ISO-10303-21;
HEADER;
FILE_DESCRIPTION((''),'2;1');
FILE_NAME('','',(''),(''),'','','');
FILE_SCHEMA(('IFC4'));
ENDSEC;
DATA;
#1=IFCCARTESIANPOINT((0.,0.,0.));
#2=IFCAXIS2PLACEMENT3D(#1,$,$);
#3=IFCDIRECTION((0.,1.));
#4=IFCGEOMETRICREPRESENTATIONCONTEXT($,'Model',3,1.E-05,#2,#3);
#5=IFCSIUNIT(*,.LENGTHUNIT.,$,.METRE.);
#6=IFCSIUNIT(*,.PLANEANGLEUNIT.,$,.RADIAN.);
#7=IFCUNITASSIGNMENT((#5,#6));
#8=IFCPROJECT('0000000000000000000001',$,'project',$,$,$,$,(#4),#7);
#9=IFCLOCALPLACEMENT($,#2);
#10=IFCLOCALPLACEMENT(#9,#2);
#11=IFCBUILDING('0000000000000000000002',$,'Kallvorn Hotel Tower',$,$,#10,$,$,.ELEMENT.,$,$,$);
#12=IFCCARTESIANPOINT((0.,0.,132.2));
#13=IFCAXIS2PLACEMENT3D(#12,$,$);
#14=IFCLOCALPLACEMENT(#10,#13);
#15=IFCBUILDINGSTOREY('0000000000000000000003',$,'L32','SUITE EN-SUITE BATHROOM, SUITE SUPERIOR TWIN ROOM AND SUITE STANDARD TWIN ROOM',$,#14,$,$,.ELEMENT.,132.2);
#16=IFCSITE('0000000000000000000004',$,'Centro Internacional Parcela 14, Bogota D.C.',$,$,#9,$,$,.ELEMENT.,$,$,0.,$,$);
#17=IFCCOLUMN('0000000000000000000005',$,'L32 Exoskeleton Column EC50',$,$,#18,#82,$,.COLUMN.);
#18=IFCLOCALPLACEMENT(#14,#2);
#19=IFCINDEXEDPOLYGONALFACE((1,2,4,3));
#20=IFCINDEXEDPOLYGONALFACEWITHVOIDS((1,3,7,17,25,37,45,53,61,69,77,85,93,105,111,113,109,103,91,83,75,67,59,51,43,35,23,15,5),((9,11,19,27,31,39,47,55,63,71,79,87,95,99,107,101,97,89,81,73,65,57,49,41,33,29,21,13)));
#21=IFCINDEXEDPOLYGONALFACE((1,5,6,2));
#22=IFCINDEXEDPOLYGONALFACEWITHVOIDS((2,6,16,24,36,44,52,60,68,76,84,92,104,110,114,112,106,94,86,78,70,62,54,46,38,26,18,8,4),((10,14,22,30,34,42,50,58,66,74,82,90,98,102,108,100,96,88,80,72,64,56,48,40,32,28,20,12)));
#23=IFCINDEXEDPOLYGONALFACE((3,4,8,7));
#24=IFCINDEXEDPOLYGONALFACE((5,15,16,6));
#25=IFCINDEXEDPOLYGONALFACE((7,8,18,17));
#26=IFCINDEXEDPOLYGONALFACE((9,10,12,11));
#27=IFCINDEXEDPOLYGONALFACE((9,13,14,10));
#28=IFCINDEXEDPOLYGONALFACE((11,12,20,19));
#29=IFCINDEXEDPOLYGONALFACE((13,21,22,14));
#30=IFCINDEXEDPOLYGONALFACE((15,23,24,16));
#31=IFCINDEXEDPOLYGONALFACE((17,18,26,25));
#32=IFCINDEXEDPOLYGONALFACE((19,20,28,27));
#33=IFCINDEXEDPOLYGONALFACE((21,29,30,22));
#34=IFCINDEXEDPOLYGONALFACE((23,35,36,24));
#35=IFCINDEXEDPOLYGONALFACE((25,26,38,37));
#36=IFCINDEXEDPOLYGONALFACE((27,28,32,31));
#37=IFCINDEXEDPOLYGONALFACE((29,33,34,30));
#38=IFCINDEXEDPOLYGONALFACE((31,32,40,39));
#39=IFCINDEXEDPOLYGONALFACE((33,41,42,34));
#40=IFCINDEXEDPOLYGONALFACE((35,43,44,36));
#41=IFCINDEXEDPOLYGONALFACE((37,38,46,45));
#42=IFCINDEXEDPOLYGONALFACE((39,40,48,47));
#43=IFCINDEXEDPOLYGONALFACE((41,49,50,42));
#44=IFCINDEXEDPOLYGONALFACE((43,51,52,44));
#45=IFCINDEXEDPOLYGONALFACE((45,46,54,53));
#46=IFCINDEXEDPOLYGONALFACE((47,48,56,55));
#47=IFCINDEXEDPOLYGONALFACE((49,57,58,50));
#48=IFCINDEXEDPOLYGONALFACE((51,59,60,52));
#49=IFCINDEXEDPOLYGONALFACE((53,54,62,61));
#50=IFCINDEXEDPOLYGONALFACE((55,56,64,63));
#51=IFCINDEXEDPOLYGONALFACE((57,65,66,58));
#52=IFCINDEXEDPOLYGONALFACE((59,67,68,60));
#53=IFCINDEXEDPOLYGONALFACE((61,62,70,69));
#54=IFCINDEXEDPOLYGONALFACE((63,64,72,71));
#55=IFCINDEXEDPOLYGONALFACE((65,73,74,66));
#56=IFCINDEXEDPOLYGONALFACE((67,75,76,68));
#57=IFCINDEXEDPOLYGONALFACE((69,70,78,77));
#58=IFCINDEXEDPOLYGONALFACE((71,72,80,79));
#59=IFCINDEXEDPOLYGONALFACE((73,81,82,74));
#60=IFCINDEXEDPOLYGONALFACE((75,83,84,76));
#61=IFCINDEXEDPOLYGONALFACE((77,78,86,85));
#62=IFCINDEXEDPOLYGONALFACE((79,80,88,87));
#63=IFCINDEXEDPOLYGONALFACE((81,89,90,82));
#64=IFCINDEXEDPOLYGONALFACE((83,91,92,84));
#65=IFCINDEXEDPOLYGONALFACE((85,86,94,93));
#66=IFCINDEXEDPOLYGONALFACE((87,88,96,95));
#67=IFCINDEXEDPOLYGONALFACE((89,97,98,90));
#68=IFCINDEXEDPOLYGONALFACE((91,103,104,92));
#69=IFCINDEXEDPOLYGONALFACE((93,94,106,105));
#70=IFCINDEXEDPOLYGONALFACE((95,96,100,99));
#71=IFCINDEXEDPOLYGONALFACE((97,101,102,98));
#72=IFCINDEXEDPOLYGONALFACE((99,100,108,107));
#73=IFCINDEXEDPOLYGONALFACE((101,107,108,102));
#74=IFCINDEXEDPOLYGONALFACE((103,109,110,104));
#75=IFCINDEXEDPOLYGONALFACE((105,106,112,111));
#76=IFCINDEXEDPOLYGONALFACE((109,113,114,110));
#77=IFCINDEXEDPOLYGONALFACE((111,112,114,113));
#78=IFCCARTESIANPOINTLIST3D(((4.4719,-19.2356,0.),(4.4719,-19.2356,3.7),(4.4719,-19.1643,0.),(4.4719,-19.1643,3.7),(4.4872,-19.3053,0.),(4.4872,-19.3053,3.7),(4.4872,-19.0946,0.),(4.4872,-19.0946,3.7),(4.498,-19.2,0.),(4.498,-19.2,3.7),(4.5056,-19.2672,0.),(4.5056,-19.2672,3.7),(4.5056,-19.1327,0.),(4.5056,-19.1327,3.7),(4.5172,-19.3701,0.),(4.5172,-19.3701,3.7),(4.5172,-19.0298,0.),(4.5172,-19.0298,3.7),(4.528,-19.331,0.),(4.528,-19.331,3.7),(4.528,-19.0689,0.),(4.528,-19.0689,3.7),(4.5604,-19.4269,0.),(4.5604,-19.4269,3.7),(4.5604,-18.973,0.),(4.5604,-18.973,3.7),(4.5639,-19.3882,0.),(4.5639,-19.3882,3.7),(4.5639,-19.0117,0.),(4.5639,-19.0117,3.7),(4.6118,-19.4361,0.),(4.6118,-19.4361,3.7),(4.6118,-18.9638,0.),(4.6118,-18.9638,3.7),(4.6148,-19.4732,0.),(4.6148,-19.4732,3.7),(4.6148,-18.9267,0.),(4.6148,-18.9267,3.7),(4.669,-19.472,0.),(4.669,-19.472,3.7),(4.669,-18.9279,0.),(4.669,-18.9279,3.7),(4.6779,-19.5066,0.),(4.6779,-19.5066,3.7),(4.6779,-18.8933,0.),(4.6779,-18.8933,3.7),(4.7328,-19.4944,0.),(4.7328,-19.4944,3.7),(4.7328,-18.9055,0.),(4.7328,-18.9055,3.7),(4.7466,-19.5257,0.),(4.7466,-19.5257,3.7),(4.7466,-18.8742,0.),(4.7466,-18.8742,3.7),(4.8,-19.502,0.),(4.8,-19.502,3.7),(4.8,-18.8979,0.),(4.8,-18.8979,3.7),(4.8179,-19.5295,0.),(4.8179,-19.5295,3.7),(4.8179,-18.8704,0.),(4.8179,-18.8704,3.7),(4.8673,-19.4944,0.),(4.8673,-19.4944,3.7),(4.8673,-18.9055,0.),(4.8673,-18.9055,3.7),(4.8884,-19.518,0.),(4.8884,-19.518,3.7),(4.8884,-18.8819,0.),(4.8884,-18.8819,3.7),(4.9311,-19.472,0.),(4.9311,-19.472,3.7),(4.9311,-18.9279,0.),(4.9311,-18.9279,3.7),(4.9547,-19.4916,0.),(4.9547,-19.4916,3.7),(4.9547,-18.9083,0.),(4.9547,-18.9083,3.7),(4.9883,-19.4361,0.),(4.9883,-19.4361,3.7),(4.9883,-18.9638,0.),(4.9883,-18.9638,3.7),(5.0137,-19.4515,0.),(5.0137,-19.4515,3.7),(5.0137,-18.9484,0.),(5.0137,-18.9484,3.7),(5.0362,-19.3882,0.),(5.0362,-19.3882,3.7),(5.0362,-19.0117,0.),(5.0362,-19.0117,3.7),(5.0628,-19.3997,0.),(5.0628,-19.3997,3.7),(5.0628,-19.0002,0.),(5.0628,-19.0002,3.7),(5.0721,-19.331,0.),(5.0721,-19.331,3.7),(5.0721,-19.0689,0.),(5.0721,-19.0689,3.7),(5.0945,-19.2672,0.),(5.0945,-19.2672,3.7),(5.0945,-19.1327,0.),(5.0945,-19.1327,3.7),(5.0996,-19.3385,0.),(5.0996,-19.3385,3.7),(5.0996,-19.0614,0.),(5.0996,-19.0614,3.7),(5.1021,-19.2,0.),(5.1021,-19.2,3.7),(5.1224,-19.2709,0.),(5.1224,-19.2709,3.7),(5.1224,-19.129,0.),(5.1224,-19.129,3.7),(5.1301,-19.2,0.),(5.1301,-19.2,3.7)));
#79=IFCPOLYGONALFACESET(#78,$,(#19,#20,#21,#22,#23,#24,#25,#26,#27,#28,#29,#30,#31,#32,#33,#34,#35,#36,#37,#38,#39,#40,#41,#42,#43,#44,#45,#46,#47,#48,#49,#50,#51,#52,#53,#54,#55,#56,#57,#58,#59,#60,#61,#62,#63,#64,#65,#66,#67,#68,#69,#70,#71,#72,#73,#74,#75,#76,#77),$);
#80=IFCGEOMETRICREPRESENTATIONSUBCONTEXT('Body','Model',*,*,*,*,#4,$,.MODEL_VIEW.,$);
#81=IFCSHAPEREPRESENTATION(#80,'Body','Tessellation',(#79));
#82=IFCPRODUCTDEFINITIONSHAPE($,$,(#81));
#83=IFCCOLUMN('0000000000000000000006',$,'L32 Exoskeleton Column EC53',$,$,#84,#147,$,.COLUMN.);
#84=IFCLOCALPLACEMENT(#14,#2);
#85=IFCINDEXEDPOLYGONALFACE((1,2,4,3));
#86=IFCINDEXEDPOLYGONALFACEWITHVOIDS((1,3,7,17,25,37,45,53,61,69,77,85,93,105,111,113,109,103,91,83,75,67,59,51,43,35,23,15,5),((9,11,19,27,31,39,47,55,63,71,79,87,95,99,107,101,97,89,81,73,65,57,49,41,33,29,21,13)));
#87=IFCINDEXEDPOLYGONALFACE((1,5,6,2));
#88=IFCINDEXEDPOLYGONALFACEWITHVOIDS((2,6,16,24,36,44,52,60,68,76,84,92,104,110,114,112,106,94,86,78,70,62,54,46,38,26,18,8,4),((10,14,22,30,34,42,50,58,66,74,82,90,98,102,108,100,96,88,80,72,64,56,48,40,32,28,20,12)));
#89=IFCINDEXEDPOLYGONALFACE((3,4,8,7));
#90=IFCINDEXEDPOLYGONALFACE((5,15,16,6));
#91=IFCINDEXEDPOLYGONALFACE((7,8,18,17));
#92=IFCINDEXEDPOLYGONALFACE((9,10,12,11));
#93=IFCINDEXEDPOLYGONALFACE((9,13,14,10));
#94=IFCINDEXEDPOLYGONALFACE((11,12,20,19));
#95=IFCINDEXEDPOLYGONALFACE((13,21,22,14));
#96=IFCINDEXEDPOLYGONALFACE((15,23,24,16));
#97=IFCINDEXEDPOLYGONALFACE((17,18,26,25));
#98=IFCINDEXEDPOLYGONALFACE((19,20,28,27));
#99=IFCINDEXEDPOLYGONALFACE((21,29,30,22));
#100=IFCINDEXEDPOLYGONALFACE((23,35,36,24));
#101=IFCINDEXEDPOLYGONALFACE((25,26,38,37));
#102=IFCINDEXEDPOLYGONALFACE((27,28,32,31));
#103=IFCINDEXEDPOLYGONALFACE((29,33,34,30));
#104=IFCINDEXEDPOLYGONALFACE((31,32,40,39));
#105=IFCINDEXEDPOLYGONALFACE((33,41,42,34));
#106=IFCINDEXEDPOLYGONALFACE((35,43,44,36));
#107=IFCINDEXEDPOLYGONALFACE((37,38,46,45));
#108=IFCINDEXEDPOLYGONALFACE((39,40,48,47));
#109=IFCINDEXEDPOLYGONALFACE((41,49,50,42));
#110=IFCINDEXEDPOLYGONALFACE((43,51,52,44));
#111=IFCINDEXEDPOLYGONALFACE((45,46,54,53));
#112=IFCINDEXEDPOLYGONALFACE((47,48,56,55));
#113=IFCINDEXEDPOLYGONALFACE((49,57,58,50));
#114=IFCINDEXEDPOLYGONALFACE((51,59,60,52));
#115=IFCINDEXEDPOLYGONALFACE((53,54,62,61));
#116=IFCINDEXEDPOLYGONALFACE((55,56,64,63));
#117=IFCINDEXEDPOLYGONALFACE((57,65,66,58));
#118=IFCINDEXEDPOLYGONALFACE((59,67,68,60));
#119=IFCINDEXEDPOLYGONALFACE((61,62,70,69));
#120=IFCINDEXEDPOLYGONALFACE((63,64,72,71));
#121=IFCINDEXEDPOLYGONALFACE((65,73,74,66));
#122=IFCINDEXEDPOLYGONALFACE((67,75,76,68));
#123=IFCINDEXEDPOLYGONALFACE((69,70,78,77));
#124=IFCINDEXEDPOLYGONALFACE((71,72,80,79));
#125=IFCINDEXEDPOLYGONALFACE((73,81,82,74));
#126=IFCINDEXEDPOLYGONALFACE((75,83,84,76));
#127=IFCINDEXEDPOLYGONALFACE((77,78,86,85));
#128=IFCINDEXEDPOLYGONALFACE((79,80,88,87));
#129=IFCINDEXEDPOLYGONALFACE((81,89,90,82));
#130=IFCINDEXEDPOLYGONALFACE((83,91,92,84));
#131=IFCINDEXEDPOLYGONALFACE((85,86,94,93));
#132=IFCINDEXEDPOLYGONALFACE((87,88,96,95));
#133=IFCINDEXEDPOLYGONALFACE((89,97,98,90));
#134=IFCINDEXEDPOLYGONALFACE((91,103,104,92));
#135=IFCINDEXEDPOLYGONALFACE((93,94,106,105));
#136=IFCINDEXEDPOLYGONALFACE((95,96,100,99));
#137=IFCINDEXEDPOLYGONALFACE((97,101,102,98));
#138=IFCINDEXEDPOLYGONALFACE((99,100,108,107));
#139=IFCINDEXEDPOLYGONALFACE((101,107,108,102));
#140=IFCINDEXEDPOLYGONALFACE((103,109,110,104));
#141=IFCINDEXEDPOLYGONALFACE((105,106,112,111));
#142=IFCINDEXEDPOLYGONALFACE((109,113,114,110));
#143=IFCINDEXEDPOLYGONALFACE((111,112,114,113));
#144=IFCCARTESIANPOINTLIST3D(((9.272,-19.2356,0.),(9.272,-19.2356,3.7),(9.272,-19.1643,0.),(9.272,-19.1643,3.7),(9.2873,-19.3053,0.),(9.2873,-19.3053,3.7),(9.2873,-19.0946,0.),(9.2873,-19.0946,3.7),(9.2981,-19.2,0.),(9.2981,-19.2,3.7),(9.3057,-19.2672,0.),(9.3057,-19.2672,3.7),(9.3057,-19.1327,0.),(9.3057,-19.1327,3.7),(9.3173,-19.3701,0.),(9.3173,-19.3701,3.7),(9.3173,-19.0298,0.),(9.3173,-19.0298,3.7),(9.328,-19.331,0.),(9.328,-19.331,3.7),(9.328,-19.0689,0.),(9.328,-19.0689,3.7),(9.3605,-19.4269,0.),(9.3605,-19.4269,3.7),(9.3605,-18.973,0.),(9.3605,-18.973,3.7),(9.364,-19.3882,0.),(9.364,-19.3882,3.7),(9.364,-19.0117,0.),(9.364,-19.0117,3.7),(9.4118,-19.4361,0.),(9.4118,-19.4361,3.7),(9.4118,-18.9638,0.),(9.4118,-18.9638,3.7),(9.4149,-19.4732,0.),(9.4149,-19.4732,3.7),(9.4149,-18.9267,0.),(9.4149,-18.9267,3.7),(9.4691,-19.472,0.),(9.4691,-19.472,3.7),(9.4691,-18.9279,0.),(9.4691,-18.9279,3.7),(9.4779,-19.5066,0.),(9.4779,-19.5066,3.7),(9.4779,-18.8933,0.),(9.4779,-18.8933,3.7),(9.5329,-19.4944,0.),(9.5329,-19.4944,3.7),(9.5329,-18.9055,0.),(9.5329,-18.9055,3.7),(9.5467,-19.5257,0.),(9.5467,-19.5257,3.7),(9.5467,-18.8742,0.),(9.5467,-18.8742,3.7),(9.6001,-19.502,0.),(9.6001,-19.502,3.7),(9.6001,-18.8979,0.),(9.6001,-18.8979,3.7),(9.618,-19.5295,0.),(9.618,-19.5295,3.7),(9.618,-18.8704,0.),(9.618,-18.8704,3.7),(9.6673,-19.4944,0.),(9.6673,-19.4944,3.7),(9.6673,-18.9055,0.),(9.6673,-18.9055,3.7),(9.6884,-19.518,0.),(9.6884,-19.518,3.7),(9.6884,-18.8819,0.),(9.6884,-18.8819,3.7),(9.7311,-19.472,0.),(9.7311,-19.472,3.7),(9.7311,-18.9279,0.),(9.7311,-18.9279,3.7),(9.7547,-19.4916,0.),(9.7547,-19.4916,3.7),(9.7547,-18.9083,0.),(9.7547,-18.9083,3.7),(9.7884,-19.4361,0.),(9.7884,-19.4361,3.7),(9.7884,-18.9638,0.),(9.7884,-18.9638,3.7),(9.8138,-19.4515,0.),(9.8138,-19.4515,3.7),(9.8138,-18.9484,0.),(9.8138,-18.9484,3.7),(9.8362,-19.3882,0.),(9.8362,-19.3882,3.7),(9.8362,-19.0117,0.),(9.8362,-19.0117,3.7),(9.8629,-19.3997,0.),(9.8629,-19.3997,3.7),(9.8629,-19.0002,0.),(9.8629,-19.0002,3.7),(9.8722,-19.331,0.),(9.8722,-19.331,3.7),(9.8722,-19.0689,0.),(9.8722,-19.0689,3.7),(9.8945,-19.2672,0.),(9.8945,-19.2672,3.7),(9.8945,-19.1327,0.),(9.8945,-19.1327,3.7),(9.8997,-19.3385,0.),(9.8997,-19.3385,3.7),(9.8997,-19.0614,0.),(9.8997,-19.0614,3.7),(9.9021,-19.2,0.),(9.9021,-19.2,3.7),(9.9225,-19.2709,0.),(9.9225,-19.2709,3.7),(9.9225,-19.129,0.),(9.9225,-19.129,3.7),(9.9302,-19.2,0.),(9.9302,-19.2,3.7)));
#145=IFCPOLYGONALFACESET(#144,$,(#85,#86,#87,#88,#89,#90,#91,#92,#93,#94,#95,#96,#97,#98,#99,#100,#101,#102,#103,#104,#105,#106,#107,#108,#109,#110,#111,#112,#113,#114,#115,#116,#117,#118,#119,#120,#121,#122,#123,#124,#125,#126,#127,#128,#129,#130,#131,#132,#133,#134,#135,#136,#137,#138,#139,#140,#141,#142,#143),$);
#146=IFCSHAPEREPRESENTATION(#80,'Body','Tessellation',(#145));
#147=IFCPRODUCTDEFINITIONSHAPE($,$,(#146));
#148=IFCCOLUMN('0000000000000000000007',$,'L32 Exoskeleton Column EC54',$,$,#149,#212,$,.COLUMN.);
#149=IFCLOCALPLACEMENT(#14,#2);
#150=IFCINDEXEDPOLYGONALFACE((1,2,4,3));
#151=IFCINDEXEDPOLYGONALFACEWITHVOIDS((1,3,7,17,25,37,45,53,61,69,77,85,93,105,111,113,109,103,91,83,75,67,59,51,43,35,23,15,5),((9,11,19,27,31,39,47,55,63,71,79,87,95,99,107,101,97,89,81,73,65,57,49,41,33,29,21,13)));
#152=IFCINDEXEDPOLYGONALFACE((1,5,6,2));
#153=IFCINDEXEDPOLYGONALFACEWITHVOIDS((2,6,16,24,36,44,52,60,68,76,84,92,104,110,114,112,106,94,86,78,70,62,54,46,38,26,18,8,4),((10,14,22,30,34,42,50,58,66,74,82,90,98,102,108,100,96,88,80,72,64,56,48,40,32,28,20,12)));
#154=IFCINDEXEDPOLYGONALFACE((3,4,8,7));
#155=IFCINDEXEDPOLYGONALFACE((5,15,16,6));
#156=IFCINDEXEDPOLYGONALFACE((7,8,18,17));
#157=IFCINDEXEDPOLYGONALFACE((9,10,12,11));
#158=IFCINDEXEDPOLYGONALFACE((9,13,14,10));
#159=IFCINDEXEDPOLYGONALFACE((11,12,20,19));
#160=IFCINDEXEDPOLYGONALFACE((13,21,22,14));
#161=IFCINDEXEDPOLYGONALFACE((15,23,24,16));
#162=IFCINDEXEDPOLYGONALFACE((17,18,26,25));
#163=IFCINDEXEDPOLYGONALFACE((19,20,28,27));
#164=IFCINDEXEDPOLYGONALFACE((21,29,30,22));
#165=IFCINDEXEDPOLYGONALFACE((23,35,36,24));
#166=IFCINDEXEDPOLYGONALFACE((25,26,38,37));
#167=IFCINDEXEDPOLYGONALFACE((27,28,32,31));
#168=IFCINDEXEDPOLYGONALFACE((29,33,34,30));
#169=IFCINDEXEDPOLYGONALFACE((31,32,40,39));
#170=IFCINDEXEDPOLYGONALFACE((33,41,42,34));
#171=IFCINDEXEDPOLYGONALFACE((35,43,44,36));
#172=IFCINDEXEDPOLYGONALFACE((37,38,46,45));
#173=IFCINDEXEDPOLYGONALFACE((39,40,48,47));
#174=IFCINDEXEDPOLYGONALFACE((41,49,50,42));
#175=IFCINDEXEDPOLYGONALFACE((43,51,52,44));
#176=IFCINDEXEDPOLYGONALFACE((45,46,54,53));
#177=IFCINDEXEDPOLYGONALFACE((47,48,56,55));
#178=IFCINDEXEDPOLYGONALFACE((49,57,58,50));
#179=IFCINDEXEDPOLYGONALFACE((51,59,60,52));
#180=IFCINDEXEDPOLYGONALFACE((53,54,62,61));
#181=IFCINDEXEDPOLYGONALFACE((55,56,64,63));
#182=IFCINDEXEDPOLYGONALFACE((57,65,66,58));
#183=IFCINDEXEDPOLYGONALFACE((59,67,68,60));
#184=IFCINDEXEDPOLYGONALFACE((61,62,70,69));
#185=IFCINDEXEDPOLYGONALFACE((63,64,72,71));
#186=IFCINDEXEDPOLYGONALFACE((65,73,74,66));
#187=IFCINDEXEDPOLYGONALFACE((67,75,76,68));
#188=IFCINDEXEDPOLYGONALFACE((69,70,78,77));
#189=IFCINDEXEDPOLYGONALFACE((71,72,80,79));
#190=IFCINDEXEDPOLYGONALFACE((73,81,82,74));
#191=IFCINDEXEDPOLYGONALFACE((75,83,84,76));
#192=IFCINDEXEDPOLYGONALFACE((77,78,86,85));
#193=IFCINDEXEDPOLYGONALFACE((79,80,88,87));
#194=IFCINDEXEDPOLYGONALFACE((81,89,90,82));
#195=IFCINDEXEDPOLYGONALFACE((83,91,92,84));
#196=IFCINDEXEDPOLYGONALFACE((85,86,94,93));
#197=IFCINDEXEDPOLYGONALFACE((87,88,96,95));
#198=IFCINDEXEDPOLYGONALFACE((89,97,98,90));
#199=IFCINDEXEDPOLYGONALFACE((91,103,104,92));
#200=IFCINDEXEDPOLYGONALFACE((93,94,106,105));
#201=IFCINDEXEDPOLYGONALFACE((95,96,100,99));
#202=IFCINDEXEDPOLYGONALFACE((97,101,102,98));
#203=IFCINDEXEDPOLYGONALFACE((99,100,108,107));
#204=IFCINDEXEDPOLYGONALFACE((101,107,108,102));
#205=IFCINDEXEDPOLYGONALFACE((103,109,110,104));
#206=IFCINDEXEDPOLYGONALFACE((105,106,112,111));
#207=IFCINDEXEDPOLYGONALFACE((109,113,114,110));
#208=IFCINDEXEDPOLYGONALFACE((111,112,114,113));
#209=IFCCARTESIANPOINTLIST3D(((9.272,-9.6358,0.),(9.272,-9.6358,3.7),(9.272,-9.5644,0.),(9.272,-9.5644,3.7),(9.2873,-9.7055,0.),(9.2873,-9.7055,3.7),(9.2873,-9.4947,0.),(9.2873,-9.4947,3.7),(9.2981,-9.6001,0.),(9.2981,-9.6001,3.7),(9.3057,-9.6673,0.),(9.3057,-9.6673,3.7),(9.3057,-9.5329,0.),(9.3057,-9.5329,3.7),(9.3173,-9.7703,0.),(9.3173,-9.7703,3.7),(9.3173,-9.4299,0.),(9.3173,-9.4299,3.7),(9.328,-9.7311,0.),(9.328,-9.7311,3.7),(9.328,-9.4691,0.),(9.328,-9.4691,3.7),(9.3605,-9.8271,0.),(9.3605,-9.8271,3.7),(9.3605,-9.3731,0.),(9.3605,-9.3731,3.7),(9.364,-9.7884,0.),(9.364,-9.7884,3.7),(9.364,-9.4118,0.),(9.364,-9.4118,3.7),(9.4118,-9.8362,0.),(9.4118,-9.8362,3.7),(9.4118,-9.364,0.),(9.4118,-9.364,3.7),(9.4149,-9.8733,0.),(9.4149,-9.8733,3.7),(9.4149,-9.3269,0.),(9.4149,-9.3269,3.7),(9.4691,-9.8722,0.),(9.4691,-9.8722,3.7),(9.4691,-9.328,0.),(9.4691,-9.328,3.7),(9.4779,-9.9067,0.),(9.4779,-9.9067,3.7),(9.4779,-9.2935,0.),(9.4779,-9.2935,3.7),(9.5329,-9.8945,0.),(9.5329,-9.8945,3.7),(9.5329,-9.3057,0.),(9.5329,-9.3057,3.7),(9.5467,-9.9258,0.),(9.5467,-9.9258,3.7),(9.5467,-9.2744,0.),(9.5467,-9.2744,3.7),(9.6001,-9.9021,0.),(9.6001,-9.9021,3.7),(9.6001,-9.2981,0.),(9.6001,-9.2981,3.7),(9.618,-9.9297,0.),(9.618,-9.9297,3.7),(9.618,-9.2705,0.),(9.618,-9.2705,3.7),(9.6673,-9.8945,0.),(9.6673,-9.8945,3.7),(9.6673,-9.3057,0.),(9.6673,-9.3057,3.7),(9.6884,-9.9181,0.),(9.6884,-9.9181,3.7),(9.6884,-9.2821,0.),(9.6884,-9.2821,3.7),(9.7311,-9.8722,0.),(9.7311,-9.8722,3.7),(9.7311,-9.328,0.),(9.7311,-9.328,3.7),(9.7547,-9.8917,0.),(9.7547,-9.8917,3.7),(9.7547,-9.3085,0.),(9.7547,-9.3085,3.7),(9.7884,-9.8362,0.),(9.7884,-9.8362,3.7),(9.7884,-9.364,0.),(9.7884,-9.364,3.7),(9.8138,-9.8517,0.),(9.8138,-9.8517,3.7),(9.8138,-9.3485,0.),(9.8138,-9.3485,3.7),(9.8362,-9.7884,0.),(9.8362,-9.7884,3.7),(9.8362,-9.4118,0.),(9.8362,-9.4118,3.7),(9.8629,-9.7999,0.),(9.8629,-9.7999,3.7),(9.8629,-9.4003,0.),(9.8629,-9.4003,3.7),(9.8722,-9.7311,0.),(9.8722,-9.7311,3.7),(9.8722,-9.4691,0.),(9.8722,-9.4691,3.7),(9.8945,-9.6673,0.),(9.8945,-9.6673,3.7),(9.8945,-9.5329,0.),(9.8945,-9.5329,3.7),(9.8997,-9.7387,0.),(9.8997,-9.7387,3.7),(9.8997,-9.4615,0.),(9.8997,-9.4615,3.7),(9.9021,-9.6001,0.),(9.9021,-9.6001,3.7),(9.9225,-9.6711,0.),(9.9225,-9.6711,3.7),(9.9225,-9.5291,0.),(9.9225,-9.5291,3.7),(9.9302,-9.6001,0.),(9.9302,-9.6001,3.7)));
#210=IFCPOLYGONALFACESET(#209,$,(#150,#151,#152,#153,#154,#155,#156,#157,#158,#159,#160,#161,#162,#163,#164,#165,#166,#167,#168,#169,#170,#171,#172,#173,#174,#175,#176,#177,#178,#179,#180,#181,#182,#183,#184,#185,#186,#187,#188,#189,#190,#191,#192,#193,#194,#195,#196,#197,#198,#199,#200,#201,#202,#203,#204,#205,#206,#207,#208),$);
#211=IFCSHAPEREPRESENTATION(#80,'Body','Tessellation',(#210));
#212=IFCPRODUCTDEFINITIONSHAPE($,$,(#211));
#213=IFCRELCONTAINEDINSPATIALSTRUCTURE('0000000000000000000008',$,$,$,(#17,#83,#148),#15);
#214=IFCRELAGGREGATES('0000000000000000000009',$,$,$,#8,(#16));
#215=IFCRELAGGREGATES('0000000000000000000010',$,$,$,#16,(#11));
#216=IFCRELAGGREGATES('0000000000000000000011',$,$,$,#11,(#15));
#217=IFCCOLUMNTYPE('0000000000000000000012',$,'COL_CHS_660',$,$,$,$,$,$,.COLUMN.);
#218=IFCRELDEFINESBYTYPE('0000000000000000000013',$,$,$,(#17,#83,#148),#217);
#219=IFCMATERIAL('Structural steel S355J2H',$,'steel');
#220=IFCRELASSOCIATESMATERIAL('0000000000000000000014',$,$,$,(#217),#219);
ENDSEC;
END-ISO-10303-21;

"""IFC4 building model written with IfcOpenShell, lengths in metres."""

from ifc_helpers import new_model, si_unit, direction, frame, origin, origin_2d, place, context, subcontext, project, spatial, hollow_circle, extrude, material, material_profile, profile_set, type_object, element, save


model = new_model("IFC4")

# Units and contexts
model_context = context("Model", 3, precision=1e-05, world=origin(), true_north=direction((0.0, 1.0)))
body_context = subcontext(model_context, "Body", "Model", "MODEL_VIEW")
ifc_project = project(units=[si_unit("LENGTHUNIT", "METRE"), si_unit("PLANEANGLEUNIT", "RADIAN")], contexts=[model_context])

# Site, building, storey
site_placement = place(None, origin())
site = spatial("IfcSite", under=ifc_project, at=site_placement, Name="Centro Internacional Parcela 14, Bogota D.C.", CompositionType="ELEMENT", RefElevation=0.0)
building_placement = place(site_placement, origin())
building = spatial("IfcBuilding", under=site, at=building_placement, Name="Kallvorn Hotel Tower", CompositionType="ELEMENT")
storey_placement = place(building_placement, frame((0.0, 0.0, 132.2)))
storey = spatial("IfcBuildingStorey", under=building, at=storey_placement, Name="L32", Description="SUITE EN-SUITE BATHROOM, SUITE SUPERIOR TWIN ROOM AND SUITE STANDARD TWIN ROOM", CompositionType="ELEMENT", Elevation=132.2)

# Columns
ifc_material_1 = material(Name="Structural steel S355J2H", Category="steel")
ifc_material_profile_1 = material_profile(ifc_material_1, hollow_circle(Radius=0.3301, WallThickness=0.0281, at=origin_2d()), Name="CHS 660x28")
ifc_profile_set_1 = profile_set([ifc_material_profile_1], Name="Structural steel S355J2H")
column_type_1 = type_object("IfcColumnType", Name="COL_CHS_660", PredefinedType="COLUMN", material=ifc_profile_set_1)
for number, where, z_axis, x_axis, name in (
    (1, (4.8, -19.2, 0.0), (0.0, 0.0, 1.0), (1.0, 0.0, 0.0), "L32 Exoskeleton Column EC50"),
    (2, (9.6001, -19.2, 0.0), (0.0, 0.0, 1.0), (1.0, 0.0, 0.0), "L32 Exoskeleton Column EC53"),
    (3, (9.6001, -9.6001, 0.0), (0.0, 0.0, 1.0), (1.0, 0.0, 0.0), "L32 Exoskeleton Column EC54"),
):
    element("IfcColumn", number, at=place(storey_placement, frame(where, z_axis=z_axis, x_axis=x_axis)), inside=storey, type_object=column_type_1, Name=name, PredefinedType="COLUMN", context=body_context, shape_type="SweptSolid", body=[
        extrude(hollow_circle(Radius=0.3301, WallThickness=0.0281, at=origin_2d()), origin(), (0.0, 0.0, 1.0), 3.7),
    ])

save(model, "model.ifc")
